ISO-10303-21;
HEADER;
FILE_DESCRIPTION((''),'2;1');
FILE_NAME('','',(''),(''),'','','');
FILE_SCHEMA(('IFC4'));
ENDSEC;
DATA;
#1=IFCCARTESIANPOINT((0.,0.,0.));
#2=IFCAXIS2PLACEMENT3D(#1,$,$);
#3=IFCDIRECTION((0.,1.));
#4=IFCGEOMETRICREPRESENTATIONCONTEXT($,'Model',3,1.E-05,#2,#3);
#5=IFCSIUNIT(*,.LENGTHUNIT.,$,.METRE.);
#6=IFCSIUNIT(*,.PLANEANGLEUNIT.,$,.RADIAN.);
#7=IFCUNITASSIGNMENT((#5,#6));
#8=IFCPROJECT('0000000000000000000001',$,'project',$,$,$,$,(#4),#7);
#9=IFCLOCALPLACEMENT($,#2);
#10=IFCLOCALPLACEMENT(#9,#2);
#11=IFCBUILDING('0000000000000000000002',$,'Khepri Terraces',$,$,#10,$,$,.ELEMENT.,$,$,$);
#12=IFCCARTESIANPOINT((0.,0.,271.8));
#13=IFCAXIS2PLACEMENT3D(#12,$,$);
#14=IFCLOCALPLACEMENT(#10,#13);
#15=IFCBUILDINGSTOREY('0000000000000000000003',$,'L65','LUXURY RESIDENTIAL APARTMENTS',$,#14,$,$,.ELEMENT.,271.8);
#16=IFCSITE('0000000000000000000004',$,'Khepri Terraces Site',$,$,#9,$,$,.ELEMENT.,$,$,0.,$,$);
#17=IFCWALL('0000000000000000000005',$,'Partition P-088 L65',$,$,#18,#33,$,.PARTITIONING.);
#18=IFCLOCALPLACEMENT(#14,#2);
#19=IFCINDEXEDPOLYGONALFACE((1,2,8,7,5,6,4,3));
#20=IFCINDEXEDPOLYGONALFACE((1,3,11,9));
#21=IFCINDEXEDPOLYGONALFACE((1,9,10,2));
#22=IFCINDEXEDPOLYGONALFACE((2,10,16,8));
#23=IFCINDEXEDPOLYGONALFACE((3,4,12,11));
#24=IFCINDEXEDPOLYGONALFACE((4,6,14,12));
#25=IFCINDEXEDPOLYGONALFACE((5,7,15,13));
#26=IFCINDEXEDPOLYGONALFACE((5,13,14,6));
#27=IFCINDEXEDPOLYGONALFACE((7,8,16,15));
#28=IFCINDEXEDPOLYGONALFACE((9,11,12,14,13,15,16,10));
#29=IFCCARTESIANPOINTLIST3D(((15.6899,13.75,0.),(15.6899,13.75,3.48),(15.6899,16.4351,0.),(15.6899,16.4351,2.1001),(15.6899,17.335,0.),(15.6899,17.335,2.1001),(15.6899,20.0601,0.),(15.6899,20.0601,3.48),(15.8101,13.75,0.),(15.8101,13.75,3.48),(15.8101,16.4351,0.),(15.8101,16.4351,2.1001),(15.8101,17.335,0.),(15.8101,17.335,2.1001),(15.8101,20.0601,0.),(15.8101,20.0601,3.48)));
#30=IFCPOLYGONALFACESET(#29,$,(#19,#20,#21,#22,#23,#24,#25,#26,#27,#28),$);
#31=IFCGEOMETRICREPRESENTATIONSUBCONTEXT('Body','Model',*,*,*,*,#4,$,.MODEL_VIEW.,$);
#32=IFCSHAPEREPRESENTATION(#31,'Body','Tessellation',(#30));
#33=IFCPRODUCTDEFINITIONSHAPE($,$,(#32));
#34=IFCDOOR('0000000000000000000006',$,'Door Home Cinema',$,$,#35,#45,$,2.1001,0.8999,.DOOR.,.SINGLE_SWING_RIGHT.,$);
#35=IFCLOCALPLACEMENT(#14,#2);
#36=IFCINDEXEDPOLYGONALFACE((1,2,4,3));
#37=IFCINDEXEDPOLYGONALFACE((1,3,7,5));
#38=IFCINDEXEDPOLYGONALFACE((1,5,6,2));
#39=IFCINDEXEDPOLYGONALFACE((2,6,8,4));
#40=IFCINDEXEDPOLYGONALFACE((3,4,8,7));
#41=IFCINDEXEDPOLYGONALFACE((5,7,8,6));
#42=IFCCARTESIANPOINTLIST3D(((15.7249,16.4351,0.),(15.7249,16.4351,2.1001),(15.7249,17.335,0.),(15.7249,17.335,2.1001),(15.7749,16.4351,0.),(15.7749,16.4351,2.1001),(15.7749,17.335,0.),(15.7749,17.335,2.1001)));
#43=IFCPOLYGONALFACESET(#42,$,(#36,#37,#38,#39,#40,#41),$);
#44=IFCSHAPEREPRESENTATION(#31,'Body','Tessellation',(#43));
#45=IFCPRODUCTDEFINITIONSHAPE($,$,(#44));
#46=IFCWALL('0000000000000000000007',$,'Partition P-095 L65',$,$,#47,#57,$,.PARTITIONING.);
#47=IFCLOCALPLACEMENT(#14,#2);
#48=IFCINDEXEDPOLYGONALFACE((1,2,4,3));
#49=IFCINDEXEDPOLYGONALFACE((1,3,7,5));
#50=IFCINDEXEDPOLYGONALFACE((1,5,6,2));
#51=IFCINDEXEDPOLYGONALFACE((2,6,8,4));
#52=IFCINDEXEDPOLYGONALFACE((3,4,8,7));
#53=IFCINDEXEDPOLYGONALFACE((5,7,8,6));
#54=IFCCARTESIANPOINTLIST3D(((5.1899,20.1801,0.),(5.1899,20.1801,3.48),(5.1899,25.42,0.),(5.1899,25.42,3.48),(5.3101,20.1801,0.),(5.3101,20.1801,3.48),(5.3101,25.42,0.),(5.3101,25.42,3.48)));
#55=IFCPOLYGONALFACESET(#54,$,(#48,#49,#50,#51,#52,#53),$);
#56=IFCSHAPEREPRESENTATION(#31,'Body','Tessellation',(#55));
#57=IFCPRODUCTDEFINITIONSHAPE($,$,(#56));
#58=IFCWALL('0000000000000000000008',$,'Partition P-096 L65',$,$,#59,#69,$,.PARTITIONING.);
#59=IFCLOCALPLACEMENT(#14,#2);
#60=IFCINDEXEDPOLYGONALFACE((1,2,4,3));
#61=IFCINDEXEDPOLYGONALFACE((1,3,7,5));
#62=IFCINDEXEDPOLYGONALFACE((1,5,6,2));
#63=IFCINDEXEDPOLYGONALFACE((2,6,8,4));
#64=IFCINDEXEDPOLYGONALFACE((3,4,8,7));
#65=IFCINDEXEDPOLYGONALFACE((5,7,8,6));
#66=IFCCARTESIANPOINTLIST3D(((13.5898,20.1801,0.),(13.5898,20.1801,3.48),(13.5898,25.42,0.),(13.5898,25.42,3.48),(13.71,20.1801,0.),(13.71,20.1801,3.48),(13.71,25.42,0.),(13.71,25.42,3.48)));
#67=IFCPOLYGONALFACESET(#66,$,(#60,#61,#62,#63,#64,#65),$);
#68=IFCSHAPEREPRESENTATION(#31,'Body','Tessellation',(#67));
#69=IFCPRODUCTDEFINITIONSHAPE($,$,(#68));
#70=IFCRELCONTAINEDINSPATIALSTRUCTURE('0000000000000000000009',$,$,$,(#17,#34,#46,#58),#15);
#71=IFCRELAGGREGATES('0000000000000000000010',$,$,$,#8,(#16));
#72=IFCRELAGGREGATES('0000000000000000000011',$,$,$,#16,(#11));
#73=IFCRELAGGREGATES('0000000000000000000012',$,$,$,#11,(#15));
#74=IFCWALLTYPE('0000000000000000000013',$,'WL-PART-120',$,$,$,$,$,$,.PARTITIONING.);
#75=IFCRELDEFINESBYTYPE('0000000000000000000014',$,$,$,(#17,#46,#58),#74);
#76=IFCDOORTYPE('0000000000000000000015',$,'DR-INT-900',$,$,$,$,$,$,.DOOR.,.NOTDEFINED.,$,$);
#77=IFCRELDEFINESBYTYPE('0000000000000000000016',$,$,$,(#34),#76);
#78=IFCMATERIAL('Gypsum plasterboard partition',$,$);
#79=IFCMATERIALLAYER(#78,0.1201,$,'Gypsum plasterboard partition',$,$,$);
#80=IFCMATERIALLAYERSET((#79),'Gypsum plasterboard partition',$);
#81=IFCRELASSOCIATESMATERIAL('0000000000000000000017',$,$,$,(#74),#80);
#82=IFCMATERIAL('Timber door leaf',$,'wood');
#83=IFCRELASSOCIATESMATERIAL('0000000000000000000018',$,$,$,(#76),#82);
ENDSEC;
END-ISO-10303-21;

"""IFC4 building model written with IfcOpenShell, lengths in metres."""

from ifc_helpers import new_model, si_unit, direction, frame, frame_2d, origin, place, context, subcontext, project, spatial, rectangle, extrude, material, layer, layer_set, type_object, element, fill, save


model = new_model("IFC4")

# Units and contexts
model_context = context("Model", 3, precision=1e-05, world=origin(), true_north=direction((0.0, 1.0)))
body_context = subcontext(model_context, "Body", "Model", "MODEL_VIEW")
ifc_project = project(units=[si_unit("LENGTHUNIT", "METRE"), si_unit("PLANEANGLEUNIT", "RADIAN")], contexts=[model_context])

# Site, building, storey
site_placement = place(None, origin())
site = spatial("IfcSite", under=ifc_project, at=site_placement, Name="Khepri Terraces Site", CompositionType="ELEMENT", RefElevation=0.0)
building_placement = place(site_placement, origin())
building = spatial("IfcBuilding", under=site, at=building_placement, Name="Khepri Terraces", CompositionType="ELEMENT")
storey_placement = place(building_placement, frame((0.0, 0.0, 271.8)))
storey = spatial("IfcBuildingStorey", under=building, at=storey_placement, Name="L65", Description="LUXURY RESIDENTIAL APARTMENTS", CompositionType="ELEMENT", Elevation=271.8)

# Shared definitions
ifc_material_1 = material(Name="Gypsum plasterboard partition")
ifc_layer_1 = layer(ifc_material_1, 0.1201, Name="Gypsum plasterboard partition")
ifc_layer_set_1 = layer_set([ifc_layer_1], Name="Gypsum plasterboard partition")
wall_type_1 = type_object("IfcWallType", Name="WL-PART-120", PredefinedType="PARTITIONING", material=ifc_layer_set_1)

# Wall, opening, door
wall_1_placement = place(storey_placement, frame((15.75, 13.75, 0.0), z_axis=(0.0, 0.0, 1.0), x_axis=(0.0, 1.0, 0.0)))
wall_1 = element("IfcWall", 1, at=wall_1_placement, inside=storey, type_object=wall_type_1, Name="Partition P-088 L65", PredefinedType="PARTITIONING", context=body_context, shape_type="SweptSolid", body=[
    extrude(rectangle(XDim=6.3101, YDim=0.1201, at=frame_2d((3.155, 0.0))), origin(), (0.0, 0.0, 1.0), 3.48),
])
opening_1_placement = place(wall_1_placement, frame((2.6851, 0.0, 0.0)))
opening_1 = element("IfcOpeningElement", 2, at=opening_1_placement, cuts=wall_1, PredefinedType="OPENING", context=body_context, shape_type="SweptSolid", body=[
    extrude(rectangle(XDim=0.8999, YDim=2.1001, at=frame_2d((0.45, 1.05))), frame((0.0, 0.0701, 0.0), z_axis=(0.0, -1.0, 0.0), x_axis=(1.0, 0.0, 0.0)), (0.0, 0.0, 1.0), 0.1401),
])
ifc_material_2 = material(Name="Timber door leaf", Category="wood")
door_type_1 = type_object("IfcDoorType", Name="DR-INT-900", OperationType="NOTDEFINED", PredefinedType="DOOR", material=ifc_material_2)
door_1_placement = place(opening_1_placement, frame((0.8999, 0.0, 0.0), z_axis=(0.0, 0.0, 1.0), x_axis=(-1.0, 0.0, 0.0)))
door_1 = element("IfcDoor", 3, at=door_1_placement, inside=storey, type_object=door_type_1, Name="Door Home Cinema", OperationType="SINGLE_SWING_RIGHT", OverallHeight=2.1001, OverallWidth=0.8999, PredefinedType="DOOR", context=body_context, shape_type="SweptSolid", body=[
    extrude(rectangle(XDim=0.8999, YDim=2.1001, at=frame_2d((0.45, 1.05))), frame((0.0, 0.0249, 0.0), z_axis=(0.0, -1.0, 0.0), x_axis=(1.0, 0.0, 0.0)), (0.0, 0.0, 1.0), 0.05),
])
fill(opening_1, door_1)

# Walls
for number, where, z_axis, x_axis, name in (
    (4, (5.25, 20.1799, 0.0), (0.0, 0.0, 1.0), (0.0, 1.0, 0.0), "Partition P-095 L65"),
    (5, (13.6499, 20.1799, 0.0), (0.0, 0.0, 1.0), (0.0, 1.0, 0.0), "Partition P-096 L65"),
):
    element("IfcWall", number, at=place(storey_placement, frame(where, z_axis=z_axis, x_axis=x_axis)), inside=storey, type_object=wall_type_1, Name=name, PredefinedType="PARTITIONING", context=body_context, shape_type="SweptSolid", body=[
        extrude(rectangle(XDim=5.24, YDim=0.1201, at=frame_2d((2.6201, 0.0))), origin(), (0.0, 0.0, 1.0), 3.48),
    ])

save(model, "model.ifc")
